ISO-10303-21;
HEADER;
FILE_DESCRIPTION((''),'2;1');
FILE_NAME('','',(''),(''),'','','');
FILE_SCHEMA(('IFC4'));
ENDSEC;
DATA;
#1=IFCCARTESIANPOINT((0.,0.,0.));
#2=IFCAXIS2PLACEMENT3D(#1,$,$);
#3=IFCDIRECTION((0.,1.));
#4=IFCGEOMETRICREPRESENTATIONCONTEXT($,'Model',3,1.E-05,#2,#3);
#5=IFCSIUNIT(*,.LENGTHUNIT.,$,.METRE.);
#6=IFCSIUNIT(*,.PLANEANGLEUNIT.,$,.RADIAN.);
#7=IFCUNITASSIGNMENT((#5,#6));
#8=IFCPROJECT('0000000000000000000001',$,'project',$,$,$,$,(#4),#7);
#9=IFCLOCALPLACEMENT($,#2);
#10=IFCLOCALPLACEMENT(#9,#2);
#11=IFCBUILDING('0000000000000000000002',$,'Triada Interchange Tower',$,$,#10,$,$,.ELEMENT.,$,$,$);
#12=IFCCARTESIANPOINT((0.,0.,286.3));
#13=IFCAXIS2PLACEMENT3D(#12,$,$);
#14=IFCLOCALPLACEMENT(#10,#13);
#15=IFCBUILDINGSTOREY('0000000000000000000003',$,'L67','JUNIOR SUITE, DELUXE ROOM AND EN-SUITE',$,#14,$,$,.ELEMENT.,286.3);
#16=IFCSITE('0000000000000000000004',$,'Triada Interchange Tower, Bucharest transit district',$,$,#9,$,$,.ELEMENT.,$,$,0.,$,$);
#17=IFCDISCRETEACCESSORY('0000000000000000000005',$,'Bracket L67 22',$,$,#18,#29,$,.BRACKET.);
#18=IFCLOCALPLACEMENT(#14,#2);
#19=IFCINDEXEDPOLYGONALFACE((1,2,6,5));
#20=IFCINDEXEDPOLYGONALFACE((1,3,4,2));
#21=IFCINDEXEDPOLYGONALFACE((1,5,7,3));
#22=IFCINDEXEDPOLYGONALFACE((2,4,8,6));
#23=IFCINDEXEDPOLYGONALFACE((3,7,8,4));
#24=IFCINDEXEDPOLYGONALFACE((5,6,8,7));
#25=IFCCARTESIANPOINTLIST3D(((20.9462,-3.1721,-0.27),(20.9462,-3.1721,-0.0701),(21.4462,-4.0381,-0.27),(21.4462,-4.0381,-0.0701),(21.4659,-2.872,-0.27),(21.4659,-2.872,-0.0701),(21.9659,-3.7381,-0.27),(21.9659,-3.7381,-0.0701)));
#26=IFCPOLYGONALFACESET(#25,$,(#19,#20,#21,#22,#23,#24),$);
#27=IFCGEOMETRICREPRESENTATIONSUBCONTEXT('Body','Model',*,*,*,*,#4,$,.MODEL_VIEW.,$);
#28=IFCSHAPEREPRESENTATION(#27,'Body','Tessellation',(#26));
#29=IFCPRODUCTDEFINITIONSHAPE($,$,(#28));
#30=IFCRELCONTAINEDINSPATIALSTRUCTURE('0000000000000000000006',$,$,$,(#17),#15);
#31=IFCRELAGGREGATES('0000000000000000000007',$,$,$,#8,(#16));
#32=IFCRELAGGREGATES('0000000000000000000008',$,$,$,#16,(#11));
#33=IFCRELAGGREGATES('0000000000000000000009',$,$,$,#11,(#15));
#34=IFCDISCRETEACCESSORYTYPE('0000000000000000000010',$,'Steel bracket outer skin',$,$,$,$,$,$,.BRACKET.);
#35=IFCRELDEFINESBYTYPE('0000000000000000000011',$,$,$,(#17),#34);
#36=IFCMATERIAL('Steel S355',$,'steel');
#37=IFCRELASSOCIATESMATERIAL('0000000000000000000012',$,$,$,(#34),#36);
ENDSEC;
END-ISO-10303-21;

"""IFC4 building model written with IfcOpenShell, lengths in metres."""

from ifc_helpers import new_model, si_unit, direction, frame, origin, origin_2d, place, context, subcontext, project, spatial, rectangle, extrude, material, type_object, element, save


model = new_model("IFC4")

# Units and contexts
model_context = context("Model", 3, precision=1e-05, world=origin(), true_north=direction((0.0, 1.0)))
body_context = subcontext(model_context, "Body", "Model", "MODEL_VIEW")
ifc_project = project(units=[si_unit("LENGTHUNIT", "METRE"), si_unit("PLANEANGLEUNIT", "RADIAN")], contexts=[model_context])

# Site, building, storey
site_placement = place(None, origin())
site = spatial("IfcSite", under=ifc_project, at=site_placement, Name="Triada Interchange Tower, Bucharest transit district", CompositionType="ELEMENT", RefElevation=0.0)
building_placement = place(site_placement, origin())
building = spatial("IfcBuilding", under=site, at=building_placement, Name="Triada Interchange Tower", CompositionType="ELEMENT")
storey_placement = place(building_placement, frame((0.0, 0.0, 286.3)))
storey = spatial("IfcBuildingStorey", under=building, at=storey_placement, Name="L67", Description="JUNIOR SUITE, DELUXE ROOM AND EN-SUITE", CompositionType="ELEMENT", Elevation=286.3)

# Discrete accessory
ifc_material_1 = material(Name="Steel S355", Category="steel")
discrete_accessory_type = type_object("IfcDiscreteAccessoryType", Name="Steel bracket outer skin", PredefinedType="BRACKET", material=ifc_material_1)
for number, where, z_axis, x_axis, name in (
    (1, (21.4561, -3.4551, -0.27), (0.0, 0.0, 1.0), (0.866024, 0.500002, 0.0), "Bracket L67 22"),
):
    element("IfcDiscreteAccessory", number, at=place(storey_placement, frame(where, z_axis=z_axis, x_axis=x_axis)), inside=storey, type_object=discrete_accessory_type, Name=name, PredefinedType="BRACKET", context=body_context, shape_type="SweptSolid", body=[
        extrude(rectangle(XDim=0.6001, YDim=1.0, at=origin_2d()), origin(), (0.0, 0.0, 1.0), 0.2),
    ])

save(model, "model.ifc")
